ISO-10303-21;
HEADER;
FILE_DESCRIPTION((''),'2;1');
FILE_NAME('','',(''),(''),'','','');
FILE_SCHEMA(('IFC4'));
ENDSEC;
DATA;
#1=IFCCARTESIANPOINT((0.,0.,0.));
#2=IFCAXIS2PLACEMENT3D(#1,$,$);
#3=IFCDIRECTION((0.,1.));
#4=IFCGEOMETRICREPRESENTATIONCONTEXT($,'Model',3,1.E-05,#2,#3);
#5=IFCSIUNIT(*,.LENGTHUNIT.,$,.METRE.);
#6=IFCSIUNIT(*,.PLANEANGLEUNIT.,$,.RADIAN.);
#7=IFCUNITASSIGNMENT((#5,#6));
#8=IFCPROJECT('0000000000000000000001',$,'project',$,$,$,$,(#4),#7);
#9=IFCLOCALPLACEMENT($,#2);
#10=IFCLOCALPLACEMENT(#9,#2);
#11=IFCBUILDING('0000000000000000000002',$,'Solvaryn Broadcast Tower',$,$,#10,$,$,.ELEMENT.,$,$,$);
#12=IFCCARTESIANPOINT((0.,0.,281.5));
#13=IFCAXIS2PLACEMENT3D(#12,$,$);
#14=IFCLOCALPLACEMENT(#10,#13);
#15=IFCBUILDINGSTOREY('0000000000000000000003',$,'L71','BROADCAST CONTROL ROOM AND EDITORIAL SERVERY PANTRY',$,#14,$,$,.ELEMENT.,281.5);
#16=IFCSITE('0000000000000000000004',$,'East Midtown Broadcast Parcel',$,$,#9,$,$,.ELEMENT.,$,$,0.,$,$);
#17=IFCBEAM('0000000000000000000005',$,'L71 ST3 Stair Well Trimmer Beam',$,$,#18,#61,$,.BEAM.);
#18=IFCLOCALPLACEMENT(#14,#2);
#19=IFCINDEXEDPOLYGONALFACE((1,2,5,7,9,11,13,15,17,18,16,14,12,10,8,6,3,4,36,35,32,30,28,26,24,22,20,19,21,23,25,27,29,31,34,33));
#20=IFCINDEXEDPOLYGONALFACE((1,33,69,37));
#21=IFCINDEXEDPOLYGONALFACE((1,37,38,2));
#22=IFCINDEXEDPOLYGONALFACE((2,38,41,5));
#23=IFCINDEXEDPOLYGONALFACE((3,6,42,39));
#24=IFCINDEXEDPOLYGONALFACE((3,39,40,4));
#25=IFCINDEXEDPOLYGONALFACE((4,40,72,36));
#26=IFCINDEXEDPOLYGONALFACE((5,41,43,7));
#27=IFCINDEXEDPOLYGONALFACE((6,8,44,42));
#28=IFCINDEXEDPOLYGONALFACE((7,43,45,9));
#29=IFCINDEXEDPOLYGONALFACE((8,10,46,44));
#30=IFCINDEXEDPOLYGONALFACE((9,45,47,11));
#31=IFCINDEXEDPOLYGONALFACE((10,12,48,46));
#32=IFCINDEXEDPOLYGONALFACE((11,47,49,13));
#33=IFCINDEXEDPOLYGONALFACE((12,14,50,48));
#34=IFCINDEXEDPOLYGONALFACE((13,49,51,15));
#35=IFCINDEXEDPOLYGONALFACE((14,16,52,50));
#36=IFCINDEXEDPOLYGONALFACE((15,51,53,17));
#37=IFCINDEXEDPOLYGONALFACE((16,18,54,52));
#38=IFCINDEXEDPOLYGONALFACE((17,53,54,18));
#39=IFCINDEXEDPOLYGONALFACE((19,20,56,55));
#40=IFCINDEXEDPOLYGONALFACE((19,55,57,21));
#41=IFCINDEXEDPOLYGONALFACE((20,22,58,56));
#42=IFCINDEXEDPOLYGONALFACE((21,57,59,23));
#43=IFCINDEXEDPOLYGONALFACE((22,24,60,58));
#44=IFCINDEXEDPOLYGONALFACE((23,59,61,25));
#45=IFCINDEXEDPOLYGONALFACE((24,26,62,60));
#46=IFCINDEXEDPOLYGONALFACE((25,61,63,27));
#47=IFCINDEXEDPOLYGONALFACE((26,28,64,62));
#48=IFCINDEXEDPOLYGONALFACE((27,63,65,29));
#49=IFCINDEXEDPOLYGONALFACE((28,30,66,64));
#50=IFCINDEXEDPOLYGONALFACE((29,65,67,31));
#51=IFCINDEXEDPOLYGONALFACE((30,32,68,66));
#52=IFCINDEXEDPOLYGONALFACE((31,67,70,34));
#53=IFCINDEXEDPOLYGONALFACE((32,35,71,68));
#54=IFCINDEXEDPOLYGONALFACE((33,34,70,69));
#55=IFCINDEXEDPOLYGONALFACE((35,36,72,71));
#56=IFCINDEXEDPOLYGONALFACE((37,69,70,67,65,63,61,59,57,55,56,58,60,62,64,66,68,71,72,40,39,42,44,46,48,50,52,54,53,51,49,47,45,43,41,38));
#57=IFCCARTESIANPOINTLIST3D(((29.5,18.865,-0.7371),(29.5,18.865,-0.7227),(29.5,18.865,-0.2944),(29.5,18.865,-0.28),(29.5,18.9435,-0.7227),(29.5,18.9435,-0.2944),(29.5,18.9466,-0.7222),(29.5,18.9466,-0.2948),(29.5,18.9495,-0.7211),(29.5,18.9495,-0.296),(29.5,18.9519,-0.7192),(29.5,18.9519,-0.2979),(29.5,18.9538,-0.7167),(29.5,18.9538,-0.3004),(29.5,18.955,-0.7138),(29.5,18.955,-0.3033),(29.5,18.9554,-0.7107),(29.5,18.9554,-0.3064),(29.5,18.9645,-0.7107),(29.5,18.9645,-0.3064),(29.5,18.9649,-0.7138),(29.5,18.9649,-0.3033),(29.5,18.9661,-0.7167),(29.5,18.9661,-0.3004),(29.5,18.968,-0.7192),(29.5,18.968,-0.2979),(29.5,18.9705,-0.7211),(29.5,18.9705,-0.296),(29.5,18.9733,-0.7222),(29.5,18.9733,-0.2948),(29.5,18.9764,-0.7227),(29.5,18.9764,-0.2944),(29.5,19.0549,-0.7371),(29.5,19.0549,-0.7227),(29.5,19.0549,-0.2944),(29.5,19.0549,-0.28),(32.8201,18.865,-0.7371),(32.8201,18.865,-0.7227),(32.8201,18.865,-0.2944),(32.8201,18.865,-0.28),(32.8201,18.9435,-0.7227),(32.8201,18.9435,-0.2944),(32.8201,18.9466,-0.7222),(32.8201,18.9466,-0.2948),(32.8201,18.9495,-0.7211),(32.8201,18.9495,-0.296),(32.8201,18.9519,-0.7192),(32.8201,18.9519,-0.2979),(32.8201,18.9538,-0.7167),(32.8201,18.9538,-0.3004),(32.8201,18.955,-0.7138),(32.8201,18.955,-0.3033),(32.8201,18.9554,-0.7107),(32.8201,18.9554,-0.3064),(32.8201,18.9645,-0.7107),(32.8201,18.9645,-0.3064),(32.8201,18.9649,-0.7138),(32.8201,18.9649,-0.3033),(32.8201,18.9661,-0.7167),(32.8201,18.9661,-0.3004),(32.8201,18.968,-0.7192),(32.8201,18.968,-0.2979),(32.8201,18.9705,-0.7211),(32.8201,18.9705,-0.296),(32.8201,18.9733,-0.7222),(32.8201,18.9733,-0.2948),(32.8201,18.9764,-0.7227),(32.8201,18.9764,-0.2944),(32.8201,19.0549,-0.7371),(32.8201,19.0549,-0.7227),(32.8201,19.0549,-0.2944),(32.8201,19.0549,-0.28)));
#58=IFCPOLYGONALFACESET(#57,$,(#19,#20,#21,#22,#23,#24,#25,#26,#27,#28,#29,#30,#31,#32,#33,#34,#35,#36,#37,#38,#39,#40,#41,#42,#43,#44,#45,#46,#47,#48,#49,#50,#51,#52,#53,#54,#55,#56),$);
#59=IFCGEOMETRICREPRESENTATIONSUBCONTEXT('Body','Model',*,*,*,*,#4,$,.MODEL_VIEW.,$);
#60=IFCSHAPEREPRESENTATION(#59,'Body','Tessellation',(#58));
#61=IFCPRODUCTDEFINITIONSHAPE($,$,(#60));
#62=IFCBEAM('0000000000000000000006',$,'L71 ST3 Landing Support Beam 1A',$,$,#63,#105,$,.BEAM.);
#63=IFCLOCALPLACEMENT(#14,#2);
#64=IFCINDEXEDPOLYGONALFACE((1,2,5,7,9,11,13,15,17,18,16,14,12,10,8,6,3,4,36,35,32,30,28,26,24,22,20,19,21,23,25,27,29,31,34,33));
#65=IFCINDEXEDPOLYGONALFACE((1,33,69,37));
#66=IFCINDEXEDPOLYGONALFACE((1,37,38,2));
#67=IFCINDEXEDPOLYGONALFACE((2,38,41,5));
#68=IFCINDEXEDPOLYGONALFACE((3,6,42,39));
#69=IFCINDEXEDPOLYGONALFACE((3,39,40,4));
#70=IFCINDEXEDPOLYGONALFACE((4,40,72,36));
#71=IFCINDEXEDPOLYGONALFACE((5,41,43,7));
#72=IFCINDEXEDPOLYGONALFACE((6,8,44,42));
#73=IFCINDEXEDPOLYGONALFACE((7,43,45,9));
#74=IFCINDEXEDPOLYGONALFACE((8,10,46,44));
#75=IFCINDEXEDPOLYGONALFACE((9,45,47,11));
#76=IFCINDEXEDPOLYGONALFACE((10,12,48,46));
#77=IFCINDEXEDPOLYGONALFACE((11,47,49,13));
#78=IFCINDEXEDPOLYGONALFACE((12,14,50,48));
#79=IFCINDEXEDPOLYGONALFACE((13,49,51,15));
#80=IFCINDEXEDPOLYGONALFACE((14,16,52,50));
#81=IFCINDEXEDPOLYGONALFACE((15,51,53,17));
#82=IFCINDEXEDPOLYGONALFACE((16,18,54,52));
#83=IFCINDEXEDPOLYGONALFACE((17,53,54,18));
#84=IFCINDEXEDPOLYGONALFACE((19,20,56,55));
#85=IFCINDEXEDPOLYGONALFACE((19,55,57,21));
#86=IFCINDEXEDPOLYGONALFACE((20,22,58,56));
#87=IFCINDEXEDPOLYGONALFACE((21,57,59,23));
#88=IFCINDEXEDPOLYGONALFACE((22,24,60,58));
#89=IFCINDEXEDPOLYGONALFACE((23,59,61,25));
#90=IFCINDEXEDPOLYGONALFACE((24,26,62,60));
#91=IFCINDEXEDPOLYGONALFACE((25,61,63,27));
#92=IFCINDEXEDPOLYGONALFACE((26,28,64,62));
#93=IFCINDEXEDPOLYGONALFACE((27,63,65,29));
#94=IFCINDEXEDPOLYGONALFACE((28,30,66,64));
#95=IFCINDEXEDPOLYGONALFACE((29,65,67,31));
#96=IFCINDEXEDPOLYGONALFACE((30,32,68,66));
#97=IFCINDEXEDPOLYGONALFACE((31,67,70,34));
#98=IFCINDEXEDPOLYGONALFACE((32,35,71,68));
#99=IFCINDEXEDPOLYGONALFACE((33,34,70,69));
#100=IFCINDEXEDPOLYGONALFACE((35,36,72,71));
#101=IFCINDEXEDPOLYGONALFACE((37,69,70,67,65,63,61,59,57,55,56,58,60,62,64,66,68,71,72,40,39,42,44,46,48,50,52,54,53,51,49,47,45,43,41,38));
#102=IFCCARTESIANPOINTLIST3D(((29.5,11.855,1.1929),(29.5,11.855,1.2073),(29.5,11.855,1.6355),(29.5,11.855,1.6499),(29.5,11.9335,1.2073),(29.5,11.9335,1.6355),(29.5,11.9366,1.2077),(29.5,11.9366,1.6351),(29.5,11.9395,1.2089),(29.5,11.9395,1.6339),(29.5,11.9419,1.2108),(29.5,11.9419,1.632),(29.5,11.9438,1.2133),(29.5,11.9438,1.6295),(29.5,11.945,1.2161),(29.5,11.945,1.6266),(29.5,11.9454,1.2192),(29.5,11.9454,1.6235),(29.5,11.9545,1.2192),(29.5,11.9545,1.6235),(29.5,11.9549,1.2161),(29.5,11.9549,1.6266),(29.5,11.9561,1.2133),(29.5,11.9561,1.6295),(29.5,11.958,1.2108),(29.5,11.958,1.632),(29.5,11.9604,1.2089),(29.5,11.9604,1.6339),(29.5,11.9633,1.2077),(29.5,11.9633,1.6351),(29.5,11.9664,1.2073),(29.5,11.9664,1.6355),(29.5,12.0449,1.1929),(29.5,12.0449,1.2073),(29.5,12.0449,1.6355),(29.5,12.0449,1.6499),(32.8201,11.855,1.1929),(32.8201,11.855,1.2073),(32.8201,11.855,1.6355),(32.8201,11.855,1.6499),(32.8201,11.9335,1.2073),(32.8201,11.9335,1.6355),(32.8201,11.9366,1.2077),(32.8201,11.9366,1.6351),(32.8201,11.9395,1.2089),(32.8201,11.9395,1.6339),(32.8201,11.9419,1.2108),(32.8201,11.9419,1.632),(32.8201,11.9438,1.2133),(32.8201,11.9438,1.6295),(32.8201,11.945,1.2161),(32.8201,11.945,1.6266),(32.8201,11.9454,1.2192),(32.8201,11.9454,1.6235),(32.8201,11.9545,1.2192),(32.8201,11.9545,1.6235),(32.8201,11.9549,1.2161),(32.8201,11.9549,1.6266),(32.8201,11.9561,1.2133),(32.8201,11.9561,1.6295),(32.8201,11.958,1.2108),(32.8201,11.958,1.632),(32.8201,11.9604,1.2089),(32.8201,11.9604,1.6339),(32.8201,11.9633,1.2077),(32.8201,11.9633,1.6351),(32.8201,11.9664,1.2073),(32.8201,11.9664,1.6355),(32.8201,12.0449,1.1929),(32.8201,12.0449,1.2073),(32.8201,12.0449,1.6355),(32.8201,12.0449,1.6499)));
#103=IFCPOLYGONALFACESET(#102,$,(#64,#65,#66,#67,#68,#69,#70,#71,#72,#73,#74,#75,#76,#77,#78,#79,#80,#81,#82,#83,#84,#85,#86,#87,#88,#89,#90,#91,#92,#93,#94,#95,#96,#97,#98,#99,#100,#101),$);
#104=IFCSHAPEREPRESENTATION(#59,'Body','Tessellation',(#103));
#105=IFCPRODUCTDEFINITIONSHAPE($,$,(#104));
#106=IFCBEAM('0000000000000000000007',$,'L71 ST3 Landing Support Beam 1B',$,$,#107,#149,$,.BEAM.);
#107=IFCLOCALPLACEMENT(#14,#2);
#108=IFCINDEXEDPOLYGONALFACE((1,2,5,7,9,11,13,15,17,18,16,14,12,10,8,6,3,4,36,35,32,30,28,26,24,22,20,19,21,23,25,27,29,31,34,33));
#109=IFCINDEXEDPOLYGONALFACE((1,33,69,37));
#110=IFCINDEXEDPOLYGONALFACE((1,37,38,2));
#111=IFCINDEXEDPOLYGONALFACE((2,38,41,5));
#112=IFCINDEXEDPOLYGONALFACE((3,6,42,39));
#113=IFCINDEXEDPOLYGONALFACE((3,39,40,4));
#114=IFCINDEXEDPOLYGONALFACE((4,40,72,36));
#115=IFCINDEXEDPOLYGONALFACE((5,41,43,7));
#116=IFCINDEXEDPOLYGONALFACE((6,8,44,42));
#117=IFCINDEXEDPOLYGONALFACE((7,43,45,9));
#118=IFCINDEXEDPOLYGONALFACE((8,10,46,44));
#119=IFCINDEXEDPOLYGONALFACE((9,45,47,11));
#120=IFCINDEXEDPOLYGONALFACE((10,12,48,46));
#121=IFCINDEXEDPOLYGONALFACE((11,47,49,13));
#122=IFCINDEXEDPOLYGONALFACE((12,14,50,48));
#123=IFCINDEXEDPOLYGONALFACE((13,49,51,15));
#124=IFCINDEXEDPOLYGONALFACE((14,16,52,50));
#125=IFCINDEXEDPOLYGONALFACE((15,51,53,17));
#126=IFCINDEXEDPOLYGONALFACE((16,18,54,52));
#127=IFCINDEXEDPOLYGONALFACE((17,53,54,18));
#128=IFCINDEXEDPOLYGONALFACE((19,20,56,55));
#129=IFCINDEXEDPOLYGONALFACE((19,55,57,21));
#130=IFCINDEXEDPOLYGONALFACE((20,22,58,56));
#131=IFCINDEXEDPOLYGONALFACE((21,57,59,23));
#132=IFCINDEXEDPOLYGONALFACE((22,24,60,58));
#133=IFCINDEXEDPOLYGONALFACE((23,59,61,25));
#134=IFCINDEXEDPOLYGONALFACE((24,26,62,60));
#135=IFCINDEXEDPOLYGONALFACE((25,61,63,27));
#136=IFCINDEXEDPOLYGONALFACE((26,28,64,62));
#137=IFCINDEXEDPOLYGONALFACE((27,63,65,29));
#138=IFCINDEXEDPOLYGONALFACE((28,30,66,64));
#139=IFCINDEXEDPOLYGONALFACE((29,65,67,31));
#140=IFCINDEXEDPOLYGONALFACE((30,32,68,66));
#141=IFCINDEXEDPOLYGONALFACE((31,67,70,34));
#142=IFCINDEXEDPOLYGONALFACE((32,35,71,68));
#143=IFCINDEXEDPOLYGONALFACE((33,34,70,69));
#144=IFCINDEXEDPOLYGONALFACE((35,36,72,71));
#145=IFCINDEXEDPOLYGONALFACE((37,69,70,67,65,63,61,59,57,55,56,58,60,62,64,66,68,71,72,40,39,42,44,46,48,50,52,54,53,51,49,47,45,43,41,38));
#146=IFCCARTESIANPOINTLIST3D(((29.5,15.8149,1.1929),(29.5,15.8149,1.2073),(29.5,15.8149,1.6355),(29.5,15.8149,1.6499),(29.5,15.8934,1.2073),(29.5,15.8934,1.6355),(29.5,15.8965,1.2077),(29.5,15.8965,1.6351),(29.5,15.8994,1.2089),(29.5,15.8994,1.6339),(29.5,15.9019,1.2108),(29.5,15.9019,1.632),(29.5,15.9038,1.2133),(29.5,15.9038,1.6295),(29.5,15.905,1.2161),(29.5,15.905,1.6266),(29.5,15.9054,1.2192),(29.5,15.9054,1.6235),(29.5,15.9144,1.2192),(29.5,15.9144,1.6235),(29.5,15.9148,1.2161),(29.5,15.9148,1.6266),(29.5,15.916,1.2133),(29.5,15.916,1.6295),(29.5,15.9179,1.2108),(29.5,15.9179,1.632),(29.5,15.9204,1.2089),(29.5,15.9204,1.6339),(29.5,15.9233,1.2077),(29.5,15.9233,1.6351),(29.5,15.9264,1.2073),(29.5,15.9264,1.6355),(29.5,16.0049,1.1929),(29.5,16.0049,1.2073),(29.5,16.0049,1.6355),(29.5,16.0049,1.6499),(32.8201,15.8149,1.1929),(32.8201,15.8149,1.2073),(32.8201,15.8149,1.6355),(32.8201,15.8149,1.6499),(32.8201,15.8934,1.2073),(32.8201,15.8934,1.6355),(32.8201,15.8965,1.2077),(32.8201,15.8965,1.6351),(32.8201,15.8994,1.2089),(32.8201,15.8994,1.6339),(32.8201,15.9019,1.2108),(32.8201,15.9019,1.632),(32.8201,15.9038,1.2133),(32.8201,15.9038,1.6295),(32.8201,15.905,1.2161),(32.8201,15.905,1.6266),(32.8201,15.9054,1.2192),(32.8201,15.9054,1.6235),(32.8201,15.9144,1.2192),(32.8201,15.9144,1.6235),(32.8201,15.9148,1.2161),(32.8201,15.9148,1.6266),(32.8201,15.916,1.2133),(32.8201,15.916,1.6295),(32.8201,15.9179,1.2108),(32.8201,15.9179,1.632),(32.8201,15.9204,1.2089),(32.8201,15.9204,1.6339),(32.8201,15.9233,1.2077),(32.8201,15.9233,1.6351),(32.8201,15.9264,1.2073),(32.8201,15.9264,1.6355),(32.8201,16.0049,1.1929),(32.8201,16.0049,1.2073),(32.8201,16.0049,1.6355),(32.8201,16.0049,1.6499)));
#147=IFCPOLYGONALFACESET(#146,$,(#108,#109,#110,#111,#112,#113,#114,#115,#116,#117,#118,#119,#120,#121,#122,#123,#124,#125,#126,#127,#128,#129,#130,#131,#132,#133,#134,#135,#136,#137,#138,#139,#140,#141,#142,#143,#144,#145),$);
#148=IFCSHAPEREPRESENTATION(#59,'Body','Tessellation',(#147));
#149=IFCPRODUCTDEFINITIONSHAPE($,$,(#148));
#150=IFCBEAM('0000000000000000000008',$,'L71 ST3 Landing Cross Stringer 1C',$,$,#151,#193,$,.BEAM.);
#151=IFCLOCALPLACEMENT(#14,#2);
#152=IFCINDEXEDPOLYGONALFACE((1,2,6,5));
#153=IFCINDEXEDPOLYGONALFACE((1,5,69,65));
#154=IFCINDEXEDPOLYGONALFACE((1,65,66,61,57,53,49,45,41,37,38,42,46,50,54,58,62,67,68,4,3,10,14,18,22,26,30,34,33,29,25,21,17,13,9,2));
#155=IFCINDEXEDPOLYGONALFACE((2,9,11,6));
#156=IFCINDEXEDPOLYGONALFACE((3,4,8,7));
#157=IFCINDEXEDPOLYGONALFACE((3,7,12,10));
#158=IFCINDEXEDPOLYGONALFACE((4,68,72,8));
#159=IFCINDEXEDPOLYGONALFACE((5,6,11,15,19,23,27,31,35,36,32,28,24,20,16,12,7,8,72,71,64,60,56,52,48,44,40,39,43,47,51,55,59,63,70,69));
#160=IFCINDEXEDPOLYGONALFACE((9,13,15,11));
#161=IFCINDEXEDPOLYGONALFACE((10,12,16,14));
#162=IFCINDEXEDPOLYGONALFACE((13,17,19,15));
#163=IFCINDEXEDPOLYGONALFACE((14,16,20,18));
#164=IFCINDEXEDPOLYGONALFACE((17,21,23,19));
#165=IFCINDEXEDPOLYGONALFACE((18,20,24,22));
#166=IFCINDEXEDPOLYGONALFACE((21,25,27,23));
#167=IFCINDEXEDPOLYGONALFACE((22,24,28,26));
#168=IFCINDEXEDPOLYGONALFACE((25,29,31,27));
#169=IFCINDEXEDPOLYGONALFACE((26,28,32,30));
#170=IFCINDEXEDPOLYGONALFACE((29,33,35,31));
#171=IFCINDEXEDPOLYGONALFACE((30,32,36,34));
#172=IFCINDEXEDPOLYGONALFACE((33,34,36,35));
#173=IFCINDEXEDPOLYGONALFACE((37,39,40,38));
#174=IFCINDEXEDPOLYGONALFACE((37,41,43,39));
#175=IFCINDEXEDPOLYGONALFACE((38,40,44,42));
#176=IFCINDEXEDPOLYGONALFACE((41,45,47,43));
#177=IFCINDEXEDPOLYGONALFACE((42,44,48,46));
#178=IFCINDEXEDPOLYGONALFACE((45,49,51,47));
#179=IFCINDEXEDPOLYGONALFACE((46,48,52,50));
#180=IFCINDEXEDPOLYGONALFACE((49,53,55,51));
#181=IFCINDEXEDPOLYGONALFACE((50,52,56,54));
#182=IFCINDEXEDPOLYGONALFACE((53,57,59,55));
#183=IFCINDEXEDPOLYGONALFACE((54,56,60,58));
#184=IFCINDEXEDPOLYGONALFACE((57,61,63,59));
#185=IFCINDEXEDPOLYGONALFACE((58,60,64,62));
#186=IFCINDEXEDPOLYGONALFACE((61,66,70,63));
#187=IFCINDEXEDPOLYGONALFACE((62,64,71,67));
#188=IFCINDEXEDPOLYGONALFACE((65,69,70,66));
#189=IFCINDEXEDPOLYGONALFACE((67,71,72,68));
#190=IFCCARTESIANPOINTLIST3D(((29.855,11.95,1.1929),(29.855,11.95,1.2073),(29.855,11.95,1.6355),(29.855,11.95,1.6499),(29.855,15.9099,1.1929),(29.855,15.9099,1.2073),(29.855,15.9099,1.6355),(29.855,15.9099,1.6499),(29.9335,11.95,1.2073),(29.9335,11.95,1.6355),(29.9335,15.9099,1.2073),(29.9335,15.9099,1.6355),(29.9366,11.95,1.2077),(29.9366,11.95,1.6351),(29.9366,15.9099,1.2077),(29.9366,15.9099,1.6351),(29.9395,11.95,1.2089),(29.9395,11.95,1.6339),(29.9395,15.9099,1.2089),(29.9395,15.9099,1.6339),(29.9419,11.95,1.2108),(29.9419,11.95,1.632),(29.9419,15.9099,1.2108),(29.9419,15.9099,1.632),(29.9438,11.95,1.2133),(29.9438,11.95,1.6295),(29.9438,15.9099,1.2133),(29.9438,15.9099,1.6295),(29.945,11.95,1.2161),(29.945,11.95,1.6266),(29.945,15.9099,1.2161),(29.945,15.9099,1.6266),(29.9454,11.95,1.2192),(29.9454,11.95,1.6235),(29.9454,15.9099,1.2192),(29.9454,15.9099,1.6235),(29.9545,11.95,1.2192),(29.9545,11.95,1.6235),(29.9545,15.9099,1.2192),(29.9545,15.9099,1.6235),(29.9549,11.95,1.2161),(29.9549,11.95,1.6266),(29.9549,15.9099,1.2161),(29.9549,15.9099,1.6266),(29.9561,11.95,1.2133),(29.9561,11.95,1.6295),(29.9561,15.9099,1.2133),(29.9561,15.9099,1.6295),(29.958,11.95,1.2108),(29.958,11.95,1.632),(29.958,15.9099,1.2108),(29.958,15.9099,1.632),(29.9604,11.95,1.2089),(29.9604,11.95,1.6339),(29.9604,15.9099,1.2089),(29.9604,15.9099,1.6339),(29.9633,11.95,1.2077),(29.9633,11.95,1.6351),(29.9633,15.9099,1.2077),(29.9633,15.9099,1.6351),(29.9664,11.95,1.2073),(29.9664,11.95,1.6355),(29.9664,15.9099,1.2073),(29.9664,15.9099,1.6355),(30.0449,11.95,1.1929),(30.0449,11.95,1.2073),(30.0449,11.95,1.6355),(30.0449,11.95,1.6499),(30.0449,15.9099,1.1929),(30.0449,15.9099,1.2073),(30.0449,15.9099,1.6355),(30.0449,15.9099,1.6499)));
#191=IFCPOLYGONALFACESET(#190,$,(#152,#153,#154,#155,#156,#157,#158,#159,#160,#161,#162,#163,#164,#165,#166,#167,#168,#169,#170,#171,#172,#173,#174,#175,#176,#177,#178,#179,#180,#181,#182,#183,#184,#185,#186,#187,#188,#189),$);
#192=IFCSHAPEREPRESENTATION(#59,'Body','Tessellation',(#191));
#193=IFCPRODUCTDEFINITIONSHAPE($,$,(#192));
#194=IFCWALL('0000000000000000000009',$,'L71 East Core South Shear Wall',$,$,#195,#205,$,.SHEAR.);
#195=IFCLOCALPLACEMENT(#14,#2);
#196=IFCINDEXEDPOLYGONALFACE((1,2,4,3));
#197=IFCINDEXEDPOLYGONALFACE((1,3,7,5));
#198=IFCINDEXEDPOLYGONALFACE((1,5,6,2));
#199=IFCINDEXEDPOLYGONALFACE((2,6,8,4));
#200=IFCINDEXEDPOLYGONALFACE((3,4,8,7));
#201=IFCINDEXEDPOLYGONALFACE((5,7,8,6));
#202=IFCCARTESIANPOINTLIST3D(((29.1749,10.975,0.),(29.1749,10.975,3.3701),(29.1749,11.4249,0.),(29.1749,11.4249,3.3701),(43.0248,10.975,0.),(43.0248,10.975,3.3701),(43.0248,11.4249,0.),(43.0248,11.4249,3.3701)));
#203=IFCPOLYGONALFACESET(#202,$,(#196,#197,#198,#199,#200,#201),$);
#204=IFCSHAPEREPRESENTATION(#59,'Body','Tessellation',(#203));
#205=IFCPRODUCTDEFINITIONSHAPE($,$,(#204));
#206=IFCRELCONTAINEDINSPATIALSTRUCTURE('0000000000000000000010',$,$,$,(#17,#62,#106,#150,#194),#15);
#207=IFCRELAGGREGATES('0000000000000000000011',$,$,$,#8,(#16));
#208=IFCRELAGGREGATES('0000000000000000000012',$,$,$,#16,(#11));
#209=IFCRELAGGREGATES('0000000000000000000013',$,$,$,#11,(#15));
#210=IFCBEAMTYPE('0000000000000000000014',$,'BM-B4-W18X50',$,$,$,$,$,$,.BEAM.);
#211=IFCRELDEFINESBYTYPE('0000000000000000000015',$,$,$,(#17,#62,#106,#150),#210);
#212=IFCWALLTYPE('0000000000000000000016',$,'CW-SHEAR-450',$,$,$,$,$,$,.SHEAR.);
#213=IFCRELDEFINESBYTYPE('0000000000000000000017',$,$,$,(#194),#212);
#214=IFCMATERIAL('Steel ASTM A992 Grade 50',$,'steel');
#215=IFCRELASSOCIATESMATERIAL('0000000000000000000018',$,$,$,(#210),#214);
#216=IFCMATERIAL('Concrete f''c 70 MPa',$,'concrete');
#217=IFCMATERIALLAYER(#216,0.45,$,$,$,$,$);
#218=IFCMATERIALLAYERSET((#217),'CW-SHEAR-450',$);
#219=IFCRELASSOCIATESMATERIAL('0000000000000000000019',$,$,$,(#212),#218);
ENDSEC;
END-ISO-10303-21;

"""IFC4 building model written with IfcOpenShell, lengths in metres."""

from ifc_helpers import new_model, si_unit, direction, frame, frame_2d, origin, origin_2d, place, context, subcontext, project, spatial, rectangle, i_section, extrude, material, layer, layer_set, material_profile, profile_set, type_object, element, save


model = new_model("IFC4")

# Units and contexts
model_context = context("Model", 3, precision=1e-05, world=origin(), true_north=direction((0.0, 1.0)))
body_context = subcontext(model_context, "Body", "Model", "MODEL_VIEW")
ifc_project = project(units=[si_unit("LENGTHUNIT", "METRE"), si_unit("PLANEANGLEUNIT", "RADIAN")], contexts=[model_context])

# Site, building, storey
site_placement = place(None, origin())
site = spatial("IfcSite", under=ifc_project, at=site_placement, Name="East Midtown Broadcast Parcel", CompositionType="ELEMENT", RefElevation=0.0)
building_placement = place(site_placement, origin())
building = spatial("IfcBuilding", under=site, at=building_placement, Name="Solvaryn Broadcast Tower", CompositionType="ELEMENT")
storey_placement = place(building_placement, frame((0.0, 0.0, 281.5)))
storey = spatial("IfcBuildingStorey", under=building, at=storey_placement, Name="L71", Description="BROADCAST CONTROL ROOM AND EDITORIAL SERVERY PANTRY", CompositionType="ELEMENT", Elevation=281.5)

# Beams
ifc_material_1 = material(Name="Steel ASTM A992 Grade 50", Category="steel")
ifc_material_profile_1 = material_profile(ifc_material_1, i_section(OverallWidth=0.1899, OverallDepth=0.457, WebThickness=0.009, FlangeThickness=0.0144, FilletRadius=0.012, at=origin_2d()))
ifc_profile_set_1 = profile_set([ifc_material_profile_1], Name="Steel ASTM A992 Grade 50")
beam_type_1 = type_object("IfcBeamType", Name="BM-B4-W18X50", PredefinedType="BEAM", material=ifc_profile_set_1)
for number, where, z_axis, x_axis, name in (
    (1, (29.5, 18.96, -0.5085), (1.0, 0.0, 0.0), (0.0, 1.0, 0.0), "L71 ST3 Stair Well Trimmer Beam"),
    (2, (29.5, 11.95, 1.4214), (1.0, 0.0, 0.0), (0.0, 1.0, 0.0), "L71 ST3 Landing Support Beam 1A"),
    (3, (29.5, 15.9099, 1.4214), (1.0, 0.0, 0.0), (0.0, 1.0, 0.0), "L71 ST3 Landing Support Beam 1B"),
):
    element("IfcBeam", number, at=place(storey_placement, frame(where, z_axis=z_axis, x_axis=x_axis)), inside=storey, type_object=beam_type_1, Name=name, PredefinedType="BEAM", context=body_context, shape_type="SweptSolid", body=[
        extrude(i_section(OverallWidth=0.1899, OverallDepth=0.457, WebThickness=0.009, FlangeThickness=0.0144, FilletRadius=0.012, at=origin_2d()), origin(), (0.0, 0.0, 1.0), 3.3201),
    ])
beam_1_placement = place(storey_placement, frame((29.95, 11.95, 1.4214), z_axis=(0.0, 1.0, 0.0), x_axis=(-1.0, 0.0, 0.0)))
element("IfcBeam", 4, at=beam_1_placement, inside=storey, type_object=beam_type_1, Name="L71 ST3 Landing Cross Stringer 1C", PredefinedType="BEAM", context=body_context, shape_type="SweptSolid", body=[
    extrude(i_section(OverallWidth=0.1899, OverallDepth=0.457, WebThickness=0.009, FlangeThickness=0.0144, FilletRadius=0.012, at=origin_2d()), origin(), (0.0, 0.0, 1.0), 3.96),
])

# Wall
ifc_material_2 = material(Name="Concrete f'c 70 MPa", Category="concrete")
ifc_layer_1 = layer(ifc_material_2, 0.45)
ifc_layer_set_1 = layer_set([ifc_layer_1], Name="CW-SHEAR-450")
wall_type_1 = type_object("IfcWallType", Name="CW-SHEAR-450", PredefinedType="SHEAR", material=ifc_layer_set_1)
wall_1_placement = place(storey_placement, frame((29.175, 11.2, 0.0), z_axis=(0.0, 0.0, 1.0), x_axis=(1.0, 0.0, 0.0)))
element("IfcWall", 5, at=wall_1_placement, inside=storey, type_object=wall_type_1, Name="L71 East Core South Shear Wall", PredefinedType="SHEAR", context=body_context, shape_type="SweptSolid", body=[
    extrude(rectangle(XDim=13.8499, YDim=0.45, at=frame_2d((6.9248, 0.0))), origin(), (0.0, 0.0, 1.0), 3.3701),
])

save(model, "model.ifc")
